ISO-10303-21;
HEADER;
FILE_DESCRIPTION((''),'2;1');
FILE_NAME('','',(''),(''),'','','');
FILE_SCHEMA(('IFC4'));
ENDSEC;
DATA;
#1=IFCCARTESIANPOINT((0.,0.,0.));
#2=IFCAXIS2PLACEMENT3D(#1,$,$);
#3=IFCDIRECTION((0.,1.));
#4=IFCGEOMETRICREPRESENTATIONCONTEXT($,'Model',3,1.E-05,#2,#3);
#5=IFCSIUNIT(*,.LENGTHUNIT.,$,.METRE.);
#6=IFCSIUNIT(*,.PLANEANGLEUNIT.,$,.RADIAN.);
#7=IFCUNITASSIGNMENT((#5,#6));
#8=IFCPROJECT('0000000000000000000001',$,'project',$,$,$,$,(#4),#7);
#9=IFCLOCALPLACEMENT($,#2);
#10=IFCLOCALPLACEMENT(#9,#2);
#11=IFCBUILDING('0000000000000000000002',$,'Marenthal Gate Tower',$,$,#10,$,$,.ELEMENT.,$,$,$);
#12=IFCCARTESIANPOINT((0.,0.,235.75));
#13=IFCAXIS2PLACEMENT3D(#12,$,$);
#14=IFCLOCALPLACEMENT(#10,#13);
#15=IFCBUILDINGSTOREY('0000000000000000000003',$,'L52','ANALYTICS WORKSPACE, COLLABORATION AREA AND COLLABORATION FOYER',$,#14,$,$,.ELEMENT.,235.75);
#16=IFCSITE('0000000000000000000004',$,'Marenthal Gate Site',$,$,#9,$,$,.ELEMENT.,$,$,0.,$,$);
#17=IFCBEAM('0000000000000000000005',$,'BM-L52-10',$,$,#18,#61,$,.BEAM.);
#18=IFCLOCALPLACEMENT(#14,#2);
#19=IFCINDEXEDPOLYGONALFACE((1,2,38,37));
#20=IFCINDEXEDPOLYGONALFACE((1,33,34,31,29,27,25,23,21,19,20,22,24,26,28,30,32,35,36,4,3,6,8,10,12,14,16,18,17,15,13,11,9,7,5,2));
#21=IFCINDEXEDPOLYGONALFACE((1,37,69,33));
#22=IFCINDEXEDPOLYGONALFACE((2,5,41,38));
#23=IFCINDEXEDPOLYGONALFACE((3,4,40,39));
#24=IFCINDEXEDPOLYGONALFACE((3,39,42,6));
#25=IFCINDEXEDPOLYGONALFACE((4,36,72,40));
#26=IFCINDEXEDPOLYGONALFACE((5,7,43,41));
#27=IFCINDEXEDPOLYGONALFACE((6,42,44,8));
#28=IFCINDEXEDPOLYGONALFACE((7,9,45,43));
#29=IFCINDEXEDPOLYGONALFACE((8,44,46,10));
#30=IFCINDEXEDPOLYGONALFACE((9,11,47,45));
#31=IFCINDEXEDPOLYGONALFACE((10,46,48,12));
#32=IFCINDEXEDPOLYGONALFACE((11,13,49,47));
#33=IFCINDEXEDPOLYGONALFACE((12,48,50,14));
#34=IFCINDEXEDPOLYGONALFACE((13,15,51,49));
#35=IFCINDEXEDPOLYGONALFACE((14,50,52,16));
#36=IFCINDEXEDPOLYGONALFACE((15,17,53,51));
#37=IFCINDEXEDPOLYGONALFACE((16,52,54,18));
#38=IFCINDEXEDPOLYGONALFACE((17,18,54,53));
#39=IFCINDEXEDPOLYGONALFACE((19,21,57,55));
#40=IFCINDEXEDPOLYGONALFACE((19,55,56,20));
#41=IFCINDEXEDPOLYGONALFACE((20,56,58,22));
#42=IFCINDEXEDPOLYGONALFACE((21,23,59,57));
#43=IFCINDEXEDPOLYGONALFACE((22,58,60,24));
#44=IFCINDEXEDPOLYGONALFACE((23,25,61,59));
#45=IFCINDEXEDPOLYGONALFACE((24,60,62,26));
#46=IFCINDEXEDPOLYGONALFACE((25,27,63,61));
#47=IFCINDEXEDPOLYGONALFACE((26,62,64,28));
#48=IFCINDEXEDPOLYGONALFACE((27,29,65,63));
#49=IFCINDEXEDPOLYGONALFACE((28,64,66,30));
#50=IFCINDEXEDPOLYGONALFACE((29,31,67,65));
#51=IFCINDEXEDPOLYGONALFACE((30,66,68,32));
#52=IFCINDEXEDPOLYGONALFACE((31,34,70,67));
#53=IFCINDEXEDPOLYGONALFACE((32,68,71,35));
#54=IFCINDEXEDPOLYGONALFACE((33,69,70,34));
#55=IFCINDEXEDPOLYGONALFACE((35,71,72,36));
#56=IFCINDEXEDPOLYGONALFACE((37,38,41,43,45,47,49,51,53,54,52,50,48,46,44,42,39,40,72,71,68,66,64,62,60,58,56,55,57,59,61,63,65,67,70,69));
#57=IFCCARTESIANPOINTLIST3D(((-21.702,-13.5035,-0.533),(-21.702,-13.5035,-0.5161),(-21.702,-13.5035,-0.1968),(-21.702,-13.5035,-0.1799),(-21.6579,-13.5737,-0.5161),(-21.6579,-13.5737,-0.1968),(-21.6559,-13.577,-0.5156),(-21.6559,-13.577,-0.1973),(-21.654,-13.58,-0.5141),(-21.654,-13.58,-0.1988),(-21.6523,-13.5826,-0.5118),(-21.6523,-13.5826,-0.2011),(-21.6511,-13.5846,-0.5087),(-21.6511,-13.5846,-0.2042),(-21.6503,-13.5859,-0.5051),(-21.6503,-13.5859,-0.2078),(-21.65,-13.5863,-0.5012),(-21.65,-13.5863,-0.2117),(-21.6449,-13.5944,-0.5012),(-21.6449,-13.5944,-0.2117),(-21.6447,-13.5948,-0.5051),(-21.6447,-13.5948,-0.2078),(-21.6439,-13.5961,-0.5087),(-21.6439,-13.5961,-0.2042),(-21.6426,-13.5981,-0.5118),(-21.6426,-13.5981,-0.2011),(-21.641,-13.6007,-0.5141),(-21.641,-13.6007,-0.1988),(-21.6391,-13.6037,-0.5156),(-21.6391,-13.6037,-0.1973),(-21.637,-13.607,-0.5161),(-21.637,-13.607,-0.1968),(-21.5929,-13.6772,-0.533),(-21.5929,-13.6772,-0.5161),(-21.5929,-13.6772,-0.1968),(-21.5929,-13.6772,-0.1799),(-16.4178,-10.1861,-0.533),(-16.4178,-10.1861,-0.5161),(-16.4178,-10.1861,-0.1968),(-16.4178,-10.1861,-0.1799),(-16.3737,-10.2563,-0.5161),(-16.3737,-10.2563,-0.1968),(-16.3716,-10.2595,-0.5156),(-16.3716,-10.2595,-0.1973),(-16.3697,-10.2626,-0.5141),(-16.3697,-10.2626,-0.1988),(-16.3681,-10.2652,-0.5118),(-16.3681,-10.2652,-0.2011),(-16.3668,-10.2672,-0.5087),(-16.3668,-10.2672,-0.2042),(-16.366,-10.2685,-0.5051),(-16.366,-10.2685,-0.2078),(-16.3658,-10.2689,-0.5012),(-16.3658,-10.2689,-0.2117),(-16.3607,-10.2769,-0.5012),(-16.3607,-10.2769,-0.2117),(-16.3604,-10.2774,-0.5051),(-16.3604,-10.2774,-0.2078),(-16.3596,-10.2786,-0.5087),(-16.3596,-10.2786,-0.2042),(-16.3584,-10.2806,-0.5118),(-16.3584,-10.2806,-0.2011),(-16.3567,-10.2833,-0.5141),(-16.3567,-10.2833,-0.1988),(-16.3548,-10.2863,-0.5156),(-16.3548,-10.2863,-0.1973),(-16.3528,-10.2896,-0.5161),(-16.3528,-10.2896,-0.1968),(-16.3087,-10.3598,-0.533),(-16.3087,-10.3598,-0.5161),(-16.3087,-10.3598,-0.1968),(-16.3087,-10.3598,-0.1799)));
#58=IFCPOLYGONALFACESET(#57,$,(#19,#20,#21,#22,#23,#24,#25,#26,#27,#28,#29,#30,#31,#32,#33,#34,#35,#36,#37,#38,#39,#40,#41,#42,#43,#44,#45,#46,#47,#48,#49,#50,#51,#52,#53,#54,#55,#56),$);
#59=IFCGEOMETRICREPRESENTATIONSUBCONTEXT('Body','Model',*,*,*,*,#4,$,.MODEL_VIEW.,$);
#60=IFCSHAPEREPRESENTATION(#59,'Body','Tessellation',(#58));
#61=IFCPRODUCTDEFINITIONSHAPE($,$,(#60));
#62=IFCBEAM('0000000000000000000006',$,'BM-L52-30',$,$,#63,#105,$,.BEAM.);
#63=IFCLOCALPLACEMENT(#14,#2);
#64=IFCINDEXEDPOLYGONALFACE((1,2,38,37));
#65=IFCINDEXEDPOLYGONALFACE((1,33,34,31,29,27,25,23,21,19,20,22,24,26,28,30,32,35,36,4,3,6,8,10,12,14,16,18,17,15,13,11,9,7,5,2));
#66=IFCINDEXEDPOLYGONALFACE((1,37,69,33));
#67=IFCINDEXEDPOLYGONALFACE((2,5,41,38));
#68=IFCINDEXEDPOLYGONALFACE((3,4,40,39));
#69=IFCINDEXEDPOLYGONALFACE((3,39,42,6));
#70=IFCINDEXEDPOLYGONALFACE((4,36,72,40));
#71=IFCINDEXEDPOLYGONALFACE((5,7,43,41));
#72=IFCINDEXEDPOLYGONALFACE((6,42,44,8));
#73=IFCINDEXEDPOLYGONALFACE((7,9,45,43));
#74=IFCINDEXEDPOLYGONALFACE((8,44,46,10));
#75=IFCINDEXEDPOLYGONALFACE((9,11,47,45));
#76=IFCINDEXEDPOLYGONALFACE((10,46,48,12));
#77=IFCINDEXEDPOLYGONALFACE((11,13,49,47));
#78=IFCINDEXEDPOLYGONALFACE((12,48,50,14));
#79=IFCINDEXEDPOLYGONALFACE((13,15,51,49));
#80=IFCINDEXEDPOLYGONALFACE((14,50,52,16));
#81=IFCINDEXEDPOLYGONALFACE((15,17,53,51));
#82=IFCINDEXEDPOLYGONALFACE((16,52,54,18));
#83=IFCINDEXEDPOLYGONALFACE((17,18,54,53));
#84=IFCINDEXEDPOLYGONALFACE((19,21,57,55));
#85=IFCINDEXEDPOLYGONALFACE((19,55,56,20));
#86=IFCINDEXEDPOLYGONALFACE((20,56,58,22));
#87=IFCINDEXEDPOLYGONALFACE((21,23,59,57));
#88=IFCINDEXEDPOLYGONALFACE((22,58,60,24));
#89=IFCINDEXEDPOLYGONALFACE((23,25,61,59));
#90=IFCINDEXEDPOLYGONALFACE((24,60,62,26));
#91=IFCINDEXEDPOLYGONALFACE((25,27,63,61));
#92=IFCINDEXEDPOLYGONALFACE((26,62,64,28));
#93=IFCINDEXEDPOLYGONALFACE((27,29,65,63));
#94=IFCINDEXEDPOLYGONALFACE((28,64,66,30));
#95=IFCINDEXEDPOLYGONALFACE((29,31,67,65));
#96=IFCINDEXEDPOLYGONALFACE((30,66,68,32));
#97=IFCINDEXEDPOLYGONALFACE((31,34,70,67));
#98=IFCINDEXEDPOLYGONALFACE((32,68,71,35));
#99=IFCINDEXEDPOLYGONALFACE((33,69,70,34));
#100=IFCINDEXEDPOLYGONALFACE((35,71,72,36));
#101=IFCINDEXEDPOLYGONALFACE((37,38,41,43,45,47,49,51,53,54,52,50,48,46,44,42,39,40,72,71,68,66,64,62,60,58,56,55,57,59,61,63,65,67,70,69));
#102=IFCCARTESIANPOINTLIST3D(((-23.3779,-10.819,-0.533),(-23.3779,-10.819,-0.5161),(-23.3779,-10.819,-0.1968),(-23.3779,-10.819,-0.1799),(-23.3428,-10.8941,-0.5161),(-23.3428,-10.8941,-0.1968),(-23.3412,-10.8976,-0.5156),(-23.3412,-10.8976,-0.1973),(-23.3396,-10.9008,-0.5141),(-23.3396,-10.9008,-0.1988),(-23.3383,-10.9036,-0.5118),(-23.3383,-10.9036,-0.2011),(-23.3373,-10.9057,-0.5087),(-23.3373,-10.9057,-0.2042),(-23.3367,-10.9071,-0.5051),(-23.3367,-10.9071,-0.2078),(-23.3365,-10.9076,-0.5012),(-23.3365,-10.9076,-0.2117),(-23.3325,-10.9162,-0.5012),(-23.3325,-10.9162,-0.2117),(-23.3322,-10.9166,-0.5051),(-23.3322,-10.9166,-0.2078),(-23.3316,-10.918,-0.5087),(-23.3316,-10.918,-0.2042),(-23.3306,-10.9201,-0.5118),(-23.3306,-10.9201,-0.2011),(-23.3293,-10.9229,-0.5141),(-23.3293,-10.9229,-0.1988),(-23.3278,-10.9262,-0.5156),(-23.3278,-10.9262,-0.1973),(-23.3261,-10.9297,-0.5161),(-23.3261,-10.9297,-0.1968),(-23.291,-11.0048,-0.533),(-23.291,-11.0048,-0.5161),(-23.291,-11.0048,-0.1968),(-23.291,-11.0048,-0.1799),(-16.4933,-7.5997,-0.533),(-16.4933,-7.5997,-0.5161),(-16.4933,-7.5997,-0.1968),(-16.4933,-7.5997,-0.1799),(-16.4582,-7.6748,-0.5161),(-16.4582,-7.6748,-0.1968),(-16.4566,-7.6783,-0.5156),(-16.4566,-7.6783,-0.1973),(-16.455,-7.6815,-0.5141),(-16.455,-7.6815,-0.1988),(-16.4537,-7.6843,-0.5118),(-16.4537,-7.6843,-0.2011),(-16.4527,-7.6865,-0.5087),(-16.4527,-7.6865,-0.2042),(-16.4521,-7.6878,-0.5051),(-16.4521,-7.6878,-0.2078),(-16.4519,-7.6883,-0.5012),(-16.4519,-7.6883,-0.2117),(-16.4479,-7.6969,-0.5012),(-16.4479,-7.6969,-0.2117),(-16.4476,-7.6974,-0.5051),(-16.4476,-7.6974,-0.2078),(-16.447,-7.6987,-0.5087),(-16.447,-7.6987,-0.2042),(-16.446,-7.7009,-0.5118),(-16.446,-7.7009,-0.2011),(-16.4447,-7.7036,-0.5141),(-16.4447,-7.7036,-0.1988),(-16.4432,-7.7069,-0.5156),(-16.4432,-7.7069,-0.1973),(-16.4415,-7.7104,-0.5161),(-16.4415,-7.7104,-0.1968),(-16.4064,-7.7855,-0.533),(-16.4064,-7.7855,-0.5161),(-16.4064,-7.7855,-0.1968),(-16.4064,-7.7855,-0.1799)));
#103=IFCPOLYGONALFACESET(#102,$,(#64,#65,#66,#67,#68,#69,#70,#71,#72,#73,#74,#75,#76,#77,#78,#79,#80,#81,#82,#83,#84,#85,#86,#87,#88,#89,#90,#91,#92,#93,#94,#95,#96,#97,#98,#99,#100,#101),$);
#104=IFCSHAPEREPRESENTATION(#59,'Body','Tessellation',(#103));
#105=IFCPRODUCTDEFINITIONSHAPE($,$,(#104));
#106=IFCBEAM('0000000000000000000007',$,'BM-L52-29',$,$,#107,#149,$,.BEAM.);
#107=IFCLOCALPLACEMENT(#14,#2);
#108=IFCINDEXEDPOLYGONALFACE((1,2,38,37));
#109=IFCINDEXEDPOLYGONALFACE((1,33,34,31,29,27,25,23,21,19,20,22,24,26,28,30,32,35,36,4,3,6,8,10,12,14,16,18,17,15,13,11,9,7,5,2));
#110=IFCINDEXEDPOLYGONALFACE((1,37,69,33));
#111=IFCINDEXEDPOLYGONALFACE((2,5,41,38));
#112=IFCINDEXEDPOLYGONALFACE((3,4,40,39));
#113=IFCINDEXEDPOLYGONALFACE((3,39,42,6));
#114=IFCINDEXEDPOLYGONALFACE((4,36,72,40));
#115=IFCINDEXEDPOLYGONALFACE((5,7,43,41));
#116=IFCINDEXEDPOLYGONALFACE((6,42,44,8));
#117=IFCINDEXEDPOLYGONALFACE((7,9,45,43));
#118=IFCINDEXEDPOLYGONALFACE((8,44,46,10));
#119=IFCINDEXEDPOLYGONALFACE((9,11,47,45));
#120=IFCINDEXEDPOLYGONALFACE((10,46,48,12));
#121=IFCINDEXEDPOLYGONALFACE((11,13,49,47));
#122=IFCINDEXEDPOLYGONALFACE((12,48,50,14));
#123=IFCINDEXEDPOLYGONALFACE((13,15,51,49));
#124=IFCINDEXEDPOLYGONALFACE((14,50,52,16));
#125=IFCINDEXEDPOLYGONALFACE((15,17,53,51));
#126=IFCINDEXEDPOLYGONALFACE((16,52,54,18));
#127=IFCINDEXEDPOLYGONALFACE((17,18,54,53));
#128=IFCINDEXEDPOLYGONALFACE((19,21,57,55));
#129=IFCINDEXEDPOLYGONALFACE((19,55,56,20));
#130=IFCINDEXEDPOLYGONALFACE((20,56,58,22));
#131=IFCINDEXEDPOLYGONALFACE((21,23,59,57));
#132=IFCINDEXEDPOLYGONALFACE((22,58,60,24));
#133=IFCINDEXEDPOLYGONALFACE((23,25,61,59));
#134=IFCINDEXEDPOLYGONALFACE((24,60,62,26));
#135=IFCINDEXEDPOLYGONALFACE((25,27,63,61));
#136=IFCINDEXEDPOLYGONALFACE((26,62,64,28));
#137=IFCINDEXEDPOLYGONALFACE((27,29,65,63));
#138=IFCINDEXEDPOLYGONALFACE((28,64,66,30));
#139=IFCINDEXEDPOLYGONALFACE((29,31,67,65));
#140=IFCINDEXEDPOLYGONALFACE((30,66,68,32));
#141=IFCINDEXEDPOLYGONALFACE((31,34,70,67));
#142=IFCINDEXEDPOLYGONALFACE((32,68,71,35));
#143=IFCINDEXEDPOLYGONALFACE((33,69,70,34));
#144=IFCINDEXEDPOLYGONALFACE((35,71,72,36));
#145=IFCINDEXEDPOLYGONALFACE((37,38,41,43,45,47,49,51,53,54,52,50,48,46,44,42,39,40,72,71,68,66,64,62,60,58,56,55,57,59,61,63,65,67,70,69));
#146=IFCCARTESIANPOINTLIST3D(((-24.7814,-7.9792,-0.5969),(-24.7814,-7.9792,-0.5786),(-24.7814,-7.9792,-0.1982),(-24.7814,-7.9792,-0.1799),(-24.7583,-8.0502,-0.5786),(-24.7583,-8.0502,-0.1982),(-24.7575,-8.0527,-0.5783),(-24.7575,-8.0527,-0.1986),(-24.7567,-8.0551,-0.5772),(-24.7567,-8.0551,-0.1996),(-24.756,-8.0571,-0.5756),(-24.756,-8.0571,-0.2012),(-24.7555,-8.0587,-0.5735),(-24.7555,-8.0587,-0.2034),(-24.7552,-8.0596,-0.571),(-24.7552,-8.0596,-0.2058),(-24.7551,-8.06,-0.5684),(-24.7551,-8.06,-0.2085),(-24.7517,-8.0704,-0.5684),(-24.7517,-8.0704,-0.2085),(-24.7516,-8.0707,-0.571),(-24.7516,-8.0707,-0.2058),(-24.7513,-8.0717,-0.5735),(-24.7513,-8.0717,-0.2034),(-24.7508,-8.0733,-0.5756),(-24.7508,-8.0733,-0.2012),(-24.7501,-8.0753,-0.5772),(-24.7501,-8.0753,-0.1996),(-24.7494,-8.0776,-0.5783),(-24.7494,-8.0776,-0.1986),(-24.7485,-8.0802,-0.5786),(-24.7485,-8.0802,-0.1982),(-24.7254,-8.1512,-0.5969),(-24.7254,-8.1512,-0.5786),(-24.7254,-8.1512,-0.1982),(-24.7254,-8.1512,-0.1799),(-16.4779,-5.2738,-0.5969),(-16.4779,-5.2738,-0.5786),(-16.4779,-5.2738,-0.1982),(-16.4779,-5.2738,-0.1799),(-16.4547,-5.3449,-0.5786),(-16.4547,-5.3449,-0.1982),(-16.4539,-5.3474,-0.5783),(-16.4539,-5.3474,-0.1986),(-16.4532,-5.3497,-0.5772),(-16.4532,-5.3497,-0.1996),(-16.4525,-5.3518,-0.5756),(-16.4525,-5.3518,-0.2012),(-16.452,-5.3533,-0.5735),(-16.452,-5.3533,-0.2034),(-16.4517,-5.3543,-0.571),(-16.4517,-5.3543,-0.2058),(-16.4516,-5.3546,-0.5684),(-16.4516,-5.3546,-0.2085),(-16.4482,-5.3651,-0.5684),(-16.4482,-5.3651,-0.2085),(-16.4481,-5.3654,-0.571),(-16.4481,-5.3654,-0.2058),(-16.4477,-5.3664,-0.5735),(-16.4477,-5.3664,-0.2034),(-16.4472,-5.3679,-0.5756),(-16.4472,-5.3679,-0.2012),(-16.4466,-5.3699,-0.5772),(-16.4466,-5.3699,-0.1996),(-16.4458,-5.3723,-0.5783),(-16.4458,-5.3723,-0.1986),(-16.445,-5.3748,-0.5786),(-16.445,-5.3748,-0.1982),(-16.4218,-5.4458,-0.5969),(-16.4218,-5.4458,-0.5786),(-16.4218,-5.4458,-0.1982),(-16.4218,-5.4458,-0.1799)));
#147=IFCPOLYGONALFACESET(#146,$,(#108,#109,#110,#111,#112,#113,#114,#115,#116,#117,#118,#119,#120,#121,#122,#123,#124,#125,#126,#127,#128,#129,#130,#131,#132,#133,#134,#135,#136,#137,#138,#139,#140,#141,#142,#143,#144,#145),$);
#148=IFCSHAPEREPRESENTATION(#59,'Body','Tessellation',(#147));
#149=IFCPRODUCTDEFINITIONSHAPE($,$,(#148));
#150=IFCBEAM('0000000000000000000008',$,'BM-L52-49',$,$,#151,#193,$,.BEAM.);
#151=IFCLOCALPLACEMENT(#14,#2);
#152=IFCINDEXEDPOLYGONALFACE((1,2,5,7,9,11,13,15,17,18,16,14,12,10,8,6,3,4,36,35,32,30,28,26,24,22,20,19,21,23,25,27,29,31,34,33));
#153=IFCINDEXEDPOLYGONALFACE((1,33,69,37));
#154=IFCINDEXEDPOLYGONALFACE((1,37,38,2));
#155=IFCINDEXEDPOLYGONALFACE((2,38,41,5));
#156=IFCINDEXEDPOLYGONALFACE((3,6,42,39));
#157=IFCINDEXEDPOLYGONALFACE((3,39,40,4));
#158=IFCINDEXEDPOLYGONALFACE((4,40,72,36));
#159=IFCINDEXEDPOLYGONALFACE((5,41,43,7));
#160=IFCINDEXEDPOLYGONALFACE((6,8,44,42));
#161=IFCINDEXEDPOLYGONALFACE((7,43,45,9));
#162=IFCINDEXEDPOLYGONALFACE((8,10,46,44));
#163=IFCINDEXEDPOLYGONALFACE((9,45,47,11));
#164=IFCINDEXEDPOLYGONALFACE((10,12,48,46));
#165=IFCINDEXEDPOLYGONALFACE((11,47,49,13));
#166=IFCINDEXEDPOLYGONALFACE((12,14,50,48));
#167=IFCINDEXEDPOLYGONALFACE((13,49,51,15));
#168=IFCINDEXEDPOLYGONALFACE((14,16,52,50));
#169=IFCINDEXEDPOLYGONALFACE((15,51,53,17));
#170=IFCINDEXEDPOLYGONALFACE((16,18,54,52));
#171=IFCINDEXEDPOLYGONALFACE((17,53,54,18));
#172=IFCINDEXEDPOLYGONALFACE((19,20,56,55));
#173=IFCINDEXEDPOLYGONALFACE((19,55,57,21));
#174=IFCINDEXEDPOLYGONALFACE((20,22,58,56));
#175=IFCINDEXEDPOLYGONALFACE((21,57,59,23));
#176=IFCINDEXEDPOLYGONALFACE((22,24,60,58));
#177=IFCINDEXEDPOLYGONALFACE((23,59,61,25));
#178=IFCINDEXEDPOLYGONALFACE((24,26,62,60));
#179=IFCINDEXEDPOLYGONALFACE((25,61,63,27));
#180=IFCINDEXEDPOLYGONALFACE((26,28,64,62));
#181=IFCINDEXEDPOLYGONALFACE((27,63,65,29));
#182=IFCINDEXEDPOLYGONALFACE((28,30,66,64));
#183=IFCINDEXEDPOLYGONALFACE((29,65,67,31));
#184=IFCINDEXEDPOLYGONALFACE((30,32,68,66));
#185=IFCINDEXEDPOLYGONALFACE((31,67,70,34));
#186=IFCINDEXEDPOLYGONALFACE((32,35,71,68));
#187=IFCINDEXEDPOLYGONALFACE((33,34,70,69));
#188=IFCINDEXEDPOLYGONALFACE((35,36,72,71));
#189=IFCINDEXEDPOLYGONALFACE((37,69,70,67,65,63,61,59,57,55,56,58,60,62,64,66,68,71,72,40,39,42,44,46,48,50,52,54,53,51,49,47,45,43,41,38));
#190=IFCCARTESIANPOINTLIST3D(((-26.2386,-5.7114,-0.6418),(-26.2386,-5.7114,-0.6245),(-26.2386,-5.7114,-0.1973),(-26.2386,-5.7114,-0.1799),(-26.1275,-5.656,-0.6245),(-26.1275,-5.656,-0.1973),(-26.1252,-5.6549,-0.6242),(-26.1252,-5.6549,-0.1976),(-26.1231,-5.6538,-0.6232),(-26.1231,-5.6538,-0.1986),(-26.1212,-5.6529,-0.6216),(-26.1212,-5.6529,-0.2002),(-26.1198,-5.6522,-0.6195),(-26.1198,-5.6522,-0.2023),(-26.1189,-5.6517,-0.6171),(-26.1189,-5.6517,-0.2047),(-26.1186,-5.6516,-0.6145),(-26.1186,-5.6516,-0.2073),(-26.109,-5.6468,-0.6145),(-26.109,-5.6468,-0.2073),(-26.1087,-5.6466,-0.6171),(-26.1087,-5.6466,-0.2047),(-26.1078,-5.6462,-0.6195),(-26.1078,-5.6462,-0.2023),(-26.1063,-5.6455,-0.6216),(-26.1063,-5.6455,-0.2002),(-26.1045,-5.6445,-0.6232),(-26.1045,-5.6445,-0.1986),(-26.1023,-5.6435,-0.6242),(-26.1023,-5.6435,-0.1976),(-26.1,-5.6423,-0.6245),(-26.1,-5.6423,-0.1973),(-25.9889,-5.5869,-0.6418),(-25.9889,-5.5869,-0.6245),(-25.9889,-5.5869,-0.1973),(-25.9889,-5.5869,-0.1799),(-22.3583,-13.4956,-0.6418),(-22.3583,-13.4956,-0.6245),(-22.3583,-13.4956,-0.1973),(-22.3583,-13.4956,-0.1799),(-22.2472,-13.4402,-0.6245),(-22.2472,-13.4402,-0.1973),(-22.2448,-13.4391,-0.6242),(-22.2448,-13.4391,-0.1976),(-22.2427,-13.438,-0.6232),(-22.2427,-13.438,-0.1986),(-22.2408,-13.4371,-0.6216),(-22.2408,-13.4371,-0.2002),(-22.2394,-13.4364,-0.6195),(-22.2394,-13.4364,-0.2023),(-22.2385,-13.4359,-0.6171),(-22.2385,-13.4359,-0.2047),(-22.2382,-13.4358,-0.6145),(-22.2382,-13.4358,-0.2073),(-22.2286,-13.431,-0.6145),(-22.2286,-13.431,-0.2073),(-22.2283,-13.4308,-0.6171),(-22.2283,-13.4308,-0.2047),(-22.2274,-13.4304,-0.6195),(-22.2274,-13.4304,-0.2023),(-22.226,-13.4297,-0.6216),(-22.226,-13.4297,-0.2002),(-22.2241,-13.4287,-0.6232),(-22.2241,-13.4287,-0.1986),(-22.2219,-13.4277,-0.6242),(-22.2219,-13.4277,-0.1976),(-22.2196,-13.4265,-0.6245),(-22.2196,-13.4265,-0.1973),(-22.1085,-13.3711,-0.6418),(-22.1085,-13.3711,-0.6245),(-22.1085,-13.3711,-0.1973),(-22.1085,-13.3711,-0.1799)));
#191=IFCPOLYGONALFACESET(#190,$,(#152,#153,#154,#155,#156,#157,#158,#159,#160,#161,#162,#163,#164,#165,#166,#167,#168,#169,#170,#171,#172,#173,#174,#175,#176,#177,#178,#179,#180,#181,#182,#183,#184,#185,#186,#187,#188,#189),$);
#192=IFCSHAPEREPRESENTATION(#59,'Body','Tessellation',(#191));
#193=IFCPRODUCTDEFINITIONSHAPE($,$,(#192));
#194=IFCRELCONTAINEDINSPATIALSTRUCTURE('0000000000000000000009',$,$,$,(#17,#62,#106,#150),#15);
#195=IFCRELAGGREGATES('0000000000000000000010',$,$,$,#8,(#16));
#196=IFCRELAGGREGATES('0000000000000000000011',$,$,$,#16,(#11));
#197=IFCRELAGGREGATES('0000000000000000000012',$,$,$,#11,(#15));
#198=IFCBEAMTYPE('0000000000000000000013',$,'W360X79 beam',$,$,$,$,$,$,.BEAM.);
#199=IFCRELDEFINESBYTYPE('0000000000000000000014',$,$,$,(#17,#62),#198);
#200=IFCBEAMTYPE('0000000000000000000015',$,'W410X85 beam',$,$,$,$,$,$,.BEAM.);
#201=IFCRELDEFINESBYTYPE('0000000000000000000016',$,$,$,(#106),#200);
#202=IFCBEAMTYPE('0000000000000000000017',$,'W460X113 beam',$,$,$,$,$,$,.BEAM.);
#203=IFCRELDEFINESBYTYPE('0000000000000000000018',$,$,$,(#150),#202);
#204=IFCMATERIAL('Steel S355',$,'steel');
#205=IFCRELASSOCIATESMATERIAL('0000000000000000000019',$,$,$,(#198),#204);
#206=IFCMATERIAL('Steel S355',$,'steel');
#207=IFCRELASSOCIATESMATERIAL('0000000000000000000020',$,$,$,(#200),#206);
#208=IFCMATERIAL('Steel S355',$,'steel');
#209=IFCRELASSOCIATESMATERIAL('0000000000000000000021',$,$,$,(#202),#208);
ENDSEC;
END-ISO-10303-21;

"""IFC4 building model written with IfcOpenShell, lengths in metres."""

from ifc_helpers import new_model, si_unit, direction, frame, origin, origin_2d, place, context, subcontext, project, spatial, i_section, extrude, material, material_profile, profile_set, type_object, element, save


model = new_model("IFC4")

# Units and contexts
model_context = context("Model", 3, precision=1e-05, world=origin(), true_north=direction((0.0, 1.0)))
body_context = subcontext(model_context, "Body", "Model", "MODEL_VIEW")
ifc_project = project(units=[si_unit("LENGTHUNIT", "METRE"), si_unit("PLANEANGLEUNIT", "RADIAN")], contexts=[model_context])

# Site, building, storey
site_placement = place(None, origin())
site = spatial("IfcSite", under=ifc_project, at=site_placement, Name="Marenthal Gate Site", CompositionType="ELEMENT", RefElevation=0.0)
building_placement = place(site_placement, origin())
building = spatial("IfcBuilding", under=site, at=building_placement, Name="Marenthal Gate Tower", CompositionType="ELEMENT")
storey_placement = place(building_placement, frame((0.0, 0.0, 235.75)))
storey = spatial("IfcBuildingStorey", under=building, at=storey_placement, Name="L52", Description="ANALYTICS WORKSPACE, COLLABORATION AREA AND COLLABORATION FOYER", CompositionType="ELEMENT", Elevation=235.75)

# Beams
ifc_material_1 = material(Name="Steel S355", Category="steel")
ifc_material_profile_1 = material_profile(ifc_material_1, i_section(OverallWidth=0.2051, OverallDepth=0.353, WebThickness=0.0095, FlangeThickness=0.0168, FilletRadius=0.0149, at=origin_2d()), Name="W360X79")
ifc_profile_set_1 = profile_set([ifc_material_profile_1], Name="Steel S355")
beam_type_1 = type_object("IfcBeamType", Name="W360X79 beam", PredefinedType="BEAM", material=ifc_profile_set_1)
beam_1_placement = place(storey_placement, frame((-21.6475, -13.5903, -0.3564), z_axis=(0.846933, 0.5317, 0.0), x_axis=(-0.5317, 0.846933, 0.0)))
element("IfcBeam", 1, at=beam_1_placement, inside=storey, type_object=beam_type_1, Name="BM-L52-10", PredefinedType="BEAM", context=body_context, shape_type="SweptSolid", body=[
    extrude(i_section(OverallWidth=0.2051, OverallDepth=0.353, WebThickness=0.0095, FlangeThickness=0.0168, FilletRadius=0.0149, at=origin_2d()), origin(), (0.0, 0.0, 1.0), 6.2393),
])
beam_2_placement = place(storey_placement, frame((-23.3345, -10.9119, -0.3564), z_axis=(0.905857, 0.423584, 0.0), x_axis=(-0.423584, 0.905857, 0.0)))
element("IfcBeam", 2, at=beam_2_placement, inside=storey, type_object=beam_type_1, Name="BM-L52-30", PredefinedType="BEAM", context=body_context, shape_type="SweptSolid", body=[
    extrude(i_section(OverallWidth=0.2051, OverallDepth=0.353, WebThickness=0.0095, FlangeThickness=0.0168, FilletRadius=0.0149, at=origin_2d()), origin(), (0.0, 0.0, 1.0), 7.6001),
])
ifc_material_2 = material(Name="Steel S355", Category="steel")
ifc_material_profile_2 = material_profile(ifc_material_2, i_section(OverallWidth=0.1809, OverallDepth=0.417, WebThickness=0.011, FlangeThickness=0.0183, FilletRadius=0.0103, at=origin_2d()), Name="W410X85")
ifc_profile_set_2 = profile_set([ifc_material_profile_2], Name="Steel S355")
beam_type_2 = type_object("IfcBeamType", Name="W410X85 beam", PredefinedType="BEAM", material=ifc_profile_set_2)
beam_3_placement = place(storey_placement, frame((-24.7534, -8.0652, -0.3884), z_axis=(0.950808, 0.309779, 0.0), x_axis=(-0.309779, 0.950808, 0.0)))
element("IfcBeam", 3, at=beam_3_placement, inside=storey, type_object=beam_type_2, Name="BM-L52-29", PredefinedType="BEAM", context=body_context, shape_type="SweptSolid", body=[
    extrude(i_section(OverallWidth=0.1809, OverallDepth=0.417, WebThickness=0.011, FlangeThickness=0.0183, FilletRadius=0.0103, at=origin_2d()), origin(), (0.0, 0.0, 1.0), 8.7332),
])
ifc_material_3 = material(Name="Steel S355", Category="steel")
ifc_material_profile_3 = material_profile(ifc_material_3, i_section(OverallWidth=0.2791, OverallDepth=0.4619, WebThickness=0.0107, FlangeThickness=0.0173, FilletRadius=0.01, at=origin_2d()), Name="W460X113")
ifc_profile_set_3 = profile_set([ifc_material_profile_3], Name="Steel S355")
beam_type_3 = type_object("IfcBeamType", Name="W460X113 beam", PredefinedType="BEAM", material=ifc_profile_set_3)
beam_4_placement = place(storey_placement, frame((-26.1138, -5.6492, -0.4109), z_axis=(0.446135, -0.894965, 0.0), x_axis=(0.894965, 0.446135, 0.0)))
element("IfcBeam", 4, at=beam_4_placement, inside=storey, type_object=beam_type_3, Name="BM-L52-49", PredefinedType="BEAM", context=body_context, shape_type="SweptSolid", body=[
    extrude(i_section(OverallWidth=0.2791, OverallDepth=0.4619, WebThickness=0.0107, FlangeThickness=0.0173, FilletRadius=0.01, at=origin_2d()), origin(), (0.0, 0.0, 1.0), 8.6978),
])

save(model, "model.ifc")
